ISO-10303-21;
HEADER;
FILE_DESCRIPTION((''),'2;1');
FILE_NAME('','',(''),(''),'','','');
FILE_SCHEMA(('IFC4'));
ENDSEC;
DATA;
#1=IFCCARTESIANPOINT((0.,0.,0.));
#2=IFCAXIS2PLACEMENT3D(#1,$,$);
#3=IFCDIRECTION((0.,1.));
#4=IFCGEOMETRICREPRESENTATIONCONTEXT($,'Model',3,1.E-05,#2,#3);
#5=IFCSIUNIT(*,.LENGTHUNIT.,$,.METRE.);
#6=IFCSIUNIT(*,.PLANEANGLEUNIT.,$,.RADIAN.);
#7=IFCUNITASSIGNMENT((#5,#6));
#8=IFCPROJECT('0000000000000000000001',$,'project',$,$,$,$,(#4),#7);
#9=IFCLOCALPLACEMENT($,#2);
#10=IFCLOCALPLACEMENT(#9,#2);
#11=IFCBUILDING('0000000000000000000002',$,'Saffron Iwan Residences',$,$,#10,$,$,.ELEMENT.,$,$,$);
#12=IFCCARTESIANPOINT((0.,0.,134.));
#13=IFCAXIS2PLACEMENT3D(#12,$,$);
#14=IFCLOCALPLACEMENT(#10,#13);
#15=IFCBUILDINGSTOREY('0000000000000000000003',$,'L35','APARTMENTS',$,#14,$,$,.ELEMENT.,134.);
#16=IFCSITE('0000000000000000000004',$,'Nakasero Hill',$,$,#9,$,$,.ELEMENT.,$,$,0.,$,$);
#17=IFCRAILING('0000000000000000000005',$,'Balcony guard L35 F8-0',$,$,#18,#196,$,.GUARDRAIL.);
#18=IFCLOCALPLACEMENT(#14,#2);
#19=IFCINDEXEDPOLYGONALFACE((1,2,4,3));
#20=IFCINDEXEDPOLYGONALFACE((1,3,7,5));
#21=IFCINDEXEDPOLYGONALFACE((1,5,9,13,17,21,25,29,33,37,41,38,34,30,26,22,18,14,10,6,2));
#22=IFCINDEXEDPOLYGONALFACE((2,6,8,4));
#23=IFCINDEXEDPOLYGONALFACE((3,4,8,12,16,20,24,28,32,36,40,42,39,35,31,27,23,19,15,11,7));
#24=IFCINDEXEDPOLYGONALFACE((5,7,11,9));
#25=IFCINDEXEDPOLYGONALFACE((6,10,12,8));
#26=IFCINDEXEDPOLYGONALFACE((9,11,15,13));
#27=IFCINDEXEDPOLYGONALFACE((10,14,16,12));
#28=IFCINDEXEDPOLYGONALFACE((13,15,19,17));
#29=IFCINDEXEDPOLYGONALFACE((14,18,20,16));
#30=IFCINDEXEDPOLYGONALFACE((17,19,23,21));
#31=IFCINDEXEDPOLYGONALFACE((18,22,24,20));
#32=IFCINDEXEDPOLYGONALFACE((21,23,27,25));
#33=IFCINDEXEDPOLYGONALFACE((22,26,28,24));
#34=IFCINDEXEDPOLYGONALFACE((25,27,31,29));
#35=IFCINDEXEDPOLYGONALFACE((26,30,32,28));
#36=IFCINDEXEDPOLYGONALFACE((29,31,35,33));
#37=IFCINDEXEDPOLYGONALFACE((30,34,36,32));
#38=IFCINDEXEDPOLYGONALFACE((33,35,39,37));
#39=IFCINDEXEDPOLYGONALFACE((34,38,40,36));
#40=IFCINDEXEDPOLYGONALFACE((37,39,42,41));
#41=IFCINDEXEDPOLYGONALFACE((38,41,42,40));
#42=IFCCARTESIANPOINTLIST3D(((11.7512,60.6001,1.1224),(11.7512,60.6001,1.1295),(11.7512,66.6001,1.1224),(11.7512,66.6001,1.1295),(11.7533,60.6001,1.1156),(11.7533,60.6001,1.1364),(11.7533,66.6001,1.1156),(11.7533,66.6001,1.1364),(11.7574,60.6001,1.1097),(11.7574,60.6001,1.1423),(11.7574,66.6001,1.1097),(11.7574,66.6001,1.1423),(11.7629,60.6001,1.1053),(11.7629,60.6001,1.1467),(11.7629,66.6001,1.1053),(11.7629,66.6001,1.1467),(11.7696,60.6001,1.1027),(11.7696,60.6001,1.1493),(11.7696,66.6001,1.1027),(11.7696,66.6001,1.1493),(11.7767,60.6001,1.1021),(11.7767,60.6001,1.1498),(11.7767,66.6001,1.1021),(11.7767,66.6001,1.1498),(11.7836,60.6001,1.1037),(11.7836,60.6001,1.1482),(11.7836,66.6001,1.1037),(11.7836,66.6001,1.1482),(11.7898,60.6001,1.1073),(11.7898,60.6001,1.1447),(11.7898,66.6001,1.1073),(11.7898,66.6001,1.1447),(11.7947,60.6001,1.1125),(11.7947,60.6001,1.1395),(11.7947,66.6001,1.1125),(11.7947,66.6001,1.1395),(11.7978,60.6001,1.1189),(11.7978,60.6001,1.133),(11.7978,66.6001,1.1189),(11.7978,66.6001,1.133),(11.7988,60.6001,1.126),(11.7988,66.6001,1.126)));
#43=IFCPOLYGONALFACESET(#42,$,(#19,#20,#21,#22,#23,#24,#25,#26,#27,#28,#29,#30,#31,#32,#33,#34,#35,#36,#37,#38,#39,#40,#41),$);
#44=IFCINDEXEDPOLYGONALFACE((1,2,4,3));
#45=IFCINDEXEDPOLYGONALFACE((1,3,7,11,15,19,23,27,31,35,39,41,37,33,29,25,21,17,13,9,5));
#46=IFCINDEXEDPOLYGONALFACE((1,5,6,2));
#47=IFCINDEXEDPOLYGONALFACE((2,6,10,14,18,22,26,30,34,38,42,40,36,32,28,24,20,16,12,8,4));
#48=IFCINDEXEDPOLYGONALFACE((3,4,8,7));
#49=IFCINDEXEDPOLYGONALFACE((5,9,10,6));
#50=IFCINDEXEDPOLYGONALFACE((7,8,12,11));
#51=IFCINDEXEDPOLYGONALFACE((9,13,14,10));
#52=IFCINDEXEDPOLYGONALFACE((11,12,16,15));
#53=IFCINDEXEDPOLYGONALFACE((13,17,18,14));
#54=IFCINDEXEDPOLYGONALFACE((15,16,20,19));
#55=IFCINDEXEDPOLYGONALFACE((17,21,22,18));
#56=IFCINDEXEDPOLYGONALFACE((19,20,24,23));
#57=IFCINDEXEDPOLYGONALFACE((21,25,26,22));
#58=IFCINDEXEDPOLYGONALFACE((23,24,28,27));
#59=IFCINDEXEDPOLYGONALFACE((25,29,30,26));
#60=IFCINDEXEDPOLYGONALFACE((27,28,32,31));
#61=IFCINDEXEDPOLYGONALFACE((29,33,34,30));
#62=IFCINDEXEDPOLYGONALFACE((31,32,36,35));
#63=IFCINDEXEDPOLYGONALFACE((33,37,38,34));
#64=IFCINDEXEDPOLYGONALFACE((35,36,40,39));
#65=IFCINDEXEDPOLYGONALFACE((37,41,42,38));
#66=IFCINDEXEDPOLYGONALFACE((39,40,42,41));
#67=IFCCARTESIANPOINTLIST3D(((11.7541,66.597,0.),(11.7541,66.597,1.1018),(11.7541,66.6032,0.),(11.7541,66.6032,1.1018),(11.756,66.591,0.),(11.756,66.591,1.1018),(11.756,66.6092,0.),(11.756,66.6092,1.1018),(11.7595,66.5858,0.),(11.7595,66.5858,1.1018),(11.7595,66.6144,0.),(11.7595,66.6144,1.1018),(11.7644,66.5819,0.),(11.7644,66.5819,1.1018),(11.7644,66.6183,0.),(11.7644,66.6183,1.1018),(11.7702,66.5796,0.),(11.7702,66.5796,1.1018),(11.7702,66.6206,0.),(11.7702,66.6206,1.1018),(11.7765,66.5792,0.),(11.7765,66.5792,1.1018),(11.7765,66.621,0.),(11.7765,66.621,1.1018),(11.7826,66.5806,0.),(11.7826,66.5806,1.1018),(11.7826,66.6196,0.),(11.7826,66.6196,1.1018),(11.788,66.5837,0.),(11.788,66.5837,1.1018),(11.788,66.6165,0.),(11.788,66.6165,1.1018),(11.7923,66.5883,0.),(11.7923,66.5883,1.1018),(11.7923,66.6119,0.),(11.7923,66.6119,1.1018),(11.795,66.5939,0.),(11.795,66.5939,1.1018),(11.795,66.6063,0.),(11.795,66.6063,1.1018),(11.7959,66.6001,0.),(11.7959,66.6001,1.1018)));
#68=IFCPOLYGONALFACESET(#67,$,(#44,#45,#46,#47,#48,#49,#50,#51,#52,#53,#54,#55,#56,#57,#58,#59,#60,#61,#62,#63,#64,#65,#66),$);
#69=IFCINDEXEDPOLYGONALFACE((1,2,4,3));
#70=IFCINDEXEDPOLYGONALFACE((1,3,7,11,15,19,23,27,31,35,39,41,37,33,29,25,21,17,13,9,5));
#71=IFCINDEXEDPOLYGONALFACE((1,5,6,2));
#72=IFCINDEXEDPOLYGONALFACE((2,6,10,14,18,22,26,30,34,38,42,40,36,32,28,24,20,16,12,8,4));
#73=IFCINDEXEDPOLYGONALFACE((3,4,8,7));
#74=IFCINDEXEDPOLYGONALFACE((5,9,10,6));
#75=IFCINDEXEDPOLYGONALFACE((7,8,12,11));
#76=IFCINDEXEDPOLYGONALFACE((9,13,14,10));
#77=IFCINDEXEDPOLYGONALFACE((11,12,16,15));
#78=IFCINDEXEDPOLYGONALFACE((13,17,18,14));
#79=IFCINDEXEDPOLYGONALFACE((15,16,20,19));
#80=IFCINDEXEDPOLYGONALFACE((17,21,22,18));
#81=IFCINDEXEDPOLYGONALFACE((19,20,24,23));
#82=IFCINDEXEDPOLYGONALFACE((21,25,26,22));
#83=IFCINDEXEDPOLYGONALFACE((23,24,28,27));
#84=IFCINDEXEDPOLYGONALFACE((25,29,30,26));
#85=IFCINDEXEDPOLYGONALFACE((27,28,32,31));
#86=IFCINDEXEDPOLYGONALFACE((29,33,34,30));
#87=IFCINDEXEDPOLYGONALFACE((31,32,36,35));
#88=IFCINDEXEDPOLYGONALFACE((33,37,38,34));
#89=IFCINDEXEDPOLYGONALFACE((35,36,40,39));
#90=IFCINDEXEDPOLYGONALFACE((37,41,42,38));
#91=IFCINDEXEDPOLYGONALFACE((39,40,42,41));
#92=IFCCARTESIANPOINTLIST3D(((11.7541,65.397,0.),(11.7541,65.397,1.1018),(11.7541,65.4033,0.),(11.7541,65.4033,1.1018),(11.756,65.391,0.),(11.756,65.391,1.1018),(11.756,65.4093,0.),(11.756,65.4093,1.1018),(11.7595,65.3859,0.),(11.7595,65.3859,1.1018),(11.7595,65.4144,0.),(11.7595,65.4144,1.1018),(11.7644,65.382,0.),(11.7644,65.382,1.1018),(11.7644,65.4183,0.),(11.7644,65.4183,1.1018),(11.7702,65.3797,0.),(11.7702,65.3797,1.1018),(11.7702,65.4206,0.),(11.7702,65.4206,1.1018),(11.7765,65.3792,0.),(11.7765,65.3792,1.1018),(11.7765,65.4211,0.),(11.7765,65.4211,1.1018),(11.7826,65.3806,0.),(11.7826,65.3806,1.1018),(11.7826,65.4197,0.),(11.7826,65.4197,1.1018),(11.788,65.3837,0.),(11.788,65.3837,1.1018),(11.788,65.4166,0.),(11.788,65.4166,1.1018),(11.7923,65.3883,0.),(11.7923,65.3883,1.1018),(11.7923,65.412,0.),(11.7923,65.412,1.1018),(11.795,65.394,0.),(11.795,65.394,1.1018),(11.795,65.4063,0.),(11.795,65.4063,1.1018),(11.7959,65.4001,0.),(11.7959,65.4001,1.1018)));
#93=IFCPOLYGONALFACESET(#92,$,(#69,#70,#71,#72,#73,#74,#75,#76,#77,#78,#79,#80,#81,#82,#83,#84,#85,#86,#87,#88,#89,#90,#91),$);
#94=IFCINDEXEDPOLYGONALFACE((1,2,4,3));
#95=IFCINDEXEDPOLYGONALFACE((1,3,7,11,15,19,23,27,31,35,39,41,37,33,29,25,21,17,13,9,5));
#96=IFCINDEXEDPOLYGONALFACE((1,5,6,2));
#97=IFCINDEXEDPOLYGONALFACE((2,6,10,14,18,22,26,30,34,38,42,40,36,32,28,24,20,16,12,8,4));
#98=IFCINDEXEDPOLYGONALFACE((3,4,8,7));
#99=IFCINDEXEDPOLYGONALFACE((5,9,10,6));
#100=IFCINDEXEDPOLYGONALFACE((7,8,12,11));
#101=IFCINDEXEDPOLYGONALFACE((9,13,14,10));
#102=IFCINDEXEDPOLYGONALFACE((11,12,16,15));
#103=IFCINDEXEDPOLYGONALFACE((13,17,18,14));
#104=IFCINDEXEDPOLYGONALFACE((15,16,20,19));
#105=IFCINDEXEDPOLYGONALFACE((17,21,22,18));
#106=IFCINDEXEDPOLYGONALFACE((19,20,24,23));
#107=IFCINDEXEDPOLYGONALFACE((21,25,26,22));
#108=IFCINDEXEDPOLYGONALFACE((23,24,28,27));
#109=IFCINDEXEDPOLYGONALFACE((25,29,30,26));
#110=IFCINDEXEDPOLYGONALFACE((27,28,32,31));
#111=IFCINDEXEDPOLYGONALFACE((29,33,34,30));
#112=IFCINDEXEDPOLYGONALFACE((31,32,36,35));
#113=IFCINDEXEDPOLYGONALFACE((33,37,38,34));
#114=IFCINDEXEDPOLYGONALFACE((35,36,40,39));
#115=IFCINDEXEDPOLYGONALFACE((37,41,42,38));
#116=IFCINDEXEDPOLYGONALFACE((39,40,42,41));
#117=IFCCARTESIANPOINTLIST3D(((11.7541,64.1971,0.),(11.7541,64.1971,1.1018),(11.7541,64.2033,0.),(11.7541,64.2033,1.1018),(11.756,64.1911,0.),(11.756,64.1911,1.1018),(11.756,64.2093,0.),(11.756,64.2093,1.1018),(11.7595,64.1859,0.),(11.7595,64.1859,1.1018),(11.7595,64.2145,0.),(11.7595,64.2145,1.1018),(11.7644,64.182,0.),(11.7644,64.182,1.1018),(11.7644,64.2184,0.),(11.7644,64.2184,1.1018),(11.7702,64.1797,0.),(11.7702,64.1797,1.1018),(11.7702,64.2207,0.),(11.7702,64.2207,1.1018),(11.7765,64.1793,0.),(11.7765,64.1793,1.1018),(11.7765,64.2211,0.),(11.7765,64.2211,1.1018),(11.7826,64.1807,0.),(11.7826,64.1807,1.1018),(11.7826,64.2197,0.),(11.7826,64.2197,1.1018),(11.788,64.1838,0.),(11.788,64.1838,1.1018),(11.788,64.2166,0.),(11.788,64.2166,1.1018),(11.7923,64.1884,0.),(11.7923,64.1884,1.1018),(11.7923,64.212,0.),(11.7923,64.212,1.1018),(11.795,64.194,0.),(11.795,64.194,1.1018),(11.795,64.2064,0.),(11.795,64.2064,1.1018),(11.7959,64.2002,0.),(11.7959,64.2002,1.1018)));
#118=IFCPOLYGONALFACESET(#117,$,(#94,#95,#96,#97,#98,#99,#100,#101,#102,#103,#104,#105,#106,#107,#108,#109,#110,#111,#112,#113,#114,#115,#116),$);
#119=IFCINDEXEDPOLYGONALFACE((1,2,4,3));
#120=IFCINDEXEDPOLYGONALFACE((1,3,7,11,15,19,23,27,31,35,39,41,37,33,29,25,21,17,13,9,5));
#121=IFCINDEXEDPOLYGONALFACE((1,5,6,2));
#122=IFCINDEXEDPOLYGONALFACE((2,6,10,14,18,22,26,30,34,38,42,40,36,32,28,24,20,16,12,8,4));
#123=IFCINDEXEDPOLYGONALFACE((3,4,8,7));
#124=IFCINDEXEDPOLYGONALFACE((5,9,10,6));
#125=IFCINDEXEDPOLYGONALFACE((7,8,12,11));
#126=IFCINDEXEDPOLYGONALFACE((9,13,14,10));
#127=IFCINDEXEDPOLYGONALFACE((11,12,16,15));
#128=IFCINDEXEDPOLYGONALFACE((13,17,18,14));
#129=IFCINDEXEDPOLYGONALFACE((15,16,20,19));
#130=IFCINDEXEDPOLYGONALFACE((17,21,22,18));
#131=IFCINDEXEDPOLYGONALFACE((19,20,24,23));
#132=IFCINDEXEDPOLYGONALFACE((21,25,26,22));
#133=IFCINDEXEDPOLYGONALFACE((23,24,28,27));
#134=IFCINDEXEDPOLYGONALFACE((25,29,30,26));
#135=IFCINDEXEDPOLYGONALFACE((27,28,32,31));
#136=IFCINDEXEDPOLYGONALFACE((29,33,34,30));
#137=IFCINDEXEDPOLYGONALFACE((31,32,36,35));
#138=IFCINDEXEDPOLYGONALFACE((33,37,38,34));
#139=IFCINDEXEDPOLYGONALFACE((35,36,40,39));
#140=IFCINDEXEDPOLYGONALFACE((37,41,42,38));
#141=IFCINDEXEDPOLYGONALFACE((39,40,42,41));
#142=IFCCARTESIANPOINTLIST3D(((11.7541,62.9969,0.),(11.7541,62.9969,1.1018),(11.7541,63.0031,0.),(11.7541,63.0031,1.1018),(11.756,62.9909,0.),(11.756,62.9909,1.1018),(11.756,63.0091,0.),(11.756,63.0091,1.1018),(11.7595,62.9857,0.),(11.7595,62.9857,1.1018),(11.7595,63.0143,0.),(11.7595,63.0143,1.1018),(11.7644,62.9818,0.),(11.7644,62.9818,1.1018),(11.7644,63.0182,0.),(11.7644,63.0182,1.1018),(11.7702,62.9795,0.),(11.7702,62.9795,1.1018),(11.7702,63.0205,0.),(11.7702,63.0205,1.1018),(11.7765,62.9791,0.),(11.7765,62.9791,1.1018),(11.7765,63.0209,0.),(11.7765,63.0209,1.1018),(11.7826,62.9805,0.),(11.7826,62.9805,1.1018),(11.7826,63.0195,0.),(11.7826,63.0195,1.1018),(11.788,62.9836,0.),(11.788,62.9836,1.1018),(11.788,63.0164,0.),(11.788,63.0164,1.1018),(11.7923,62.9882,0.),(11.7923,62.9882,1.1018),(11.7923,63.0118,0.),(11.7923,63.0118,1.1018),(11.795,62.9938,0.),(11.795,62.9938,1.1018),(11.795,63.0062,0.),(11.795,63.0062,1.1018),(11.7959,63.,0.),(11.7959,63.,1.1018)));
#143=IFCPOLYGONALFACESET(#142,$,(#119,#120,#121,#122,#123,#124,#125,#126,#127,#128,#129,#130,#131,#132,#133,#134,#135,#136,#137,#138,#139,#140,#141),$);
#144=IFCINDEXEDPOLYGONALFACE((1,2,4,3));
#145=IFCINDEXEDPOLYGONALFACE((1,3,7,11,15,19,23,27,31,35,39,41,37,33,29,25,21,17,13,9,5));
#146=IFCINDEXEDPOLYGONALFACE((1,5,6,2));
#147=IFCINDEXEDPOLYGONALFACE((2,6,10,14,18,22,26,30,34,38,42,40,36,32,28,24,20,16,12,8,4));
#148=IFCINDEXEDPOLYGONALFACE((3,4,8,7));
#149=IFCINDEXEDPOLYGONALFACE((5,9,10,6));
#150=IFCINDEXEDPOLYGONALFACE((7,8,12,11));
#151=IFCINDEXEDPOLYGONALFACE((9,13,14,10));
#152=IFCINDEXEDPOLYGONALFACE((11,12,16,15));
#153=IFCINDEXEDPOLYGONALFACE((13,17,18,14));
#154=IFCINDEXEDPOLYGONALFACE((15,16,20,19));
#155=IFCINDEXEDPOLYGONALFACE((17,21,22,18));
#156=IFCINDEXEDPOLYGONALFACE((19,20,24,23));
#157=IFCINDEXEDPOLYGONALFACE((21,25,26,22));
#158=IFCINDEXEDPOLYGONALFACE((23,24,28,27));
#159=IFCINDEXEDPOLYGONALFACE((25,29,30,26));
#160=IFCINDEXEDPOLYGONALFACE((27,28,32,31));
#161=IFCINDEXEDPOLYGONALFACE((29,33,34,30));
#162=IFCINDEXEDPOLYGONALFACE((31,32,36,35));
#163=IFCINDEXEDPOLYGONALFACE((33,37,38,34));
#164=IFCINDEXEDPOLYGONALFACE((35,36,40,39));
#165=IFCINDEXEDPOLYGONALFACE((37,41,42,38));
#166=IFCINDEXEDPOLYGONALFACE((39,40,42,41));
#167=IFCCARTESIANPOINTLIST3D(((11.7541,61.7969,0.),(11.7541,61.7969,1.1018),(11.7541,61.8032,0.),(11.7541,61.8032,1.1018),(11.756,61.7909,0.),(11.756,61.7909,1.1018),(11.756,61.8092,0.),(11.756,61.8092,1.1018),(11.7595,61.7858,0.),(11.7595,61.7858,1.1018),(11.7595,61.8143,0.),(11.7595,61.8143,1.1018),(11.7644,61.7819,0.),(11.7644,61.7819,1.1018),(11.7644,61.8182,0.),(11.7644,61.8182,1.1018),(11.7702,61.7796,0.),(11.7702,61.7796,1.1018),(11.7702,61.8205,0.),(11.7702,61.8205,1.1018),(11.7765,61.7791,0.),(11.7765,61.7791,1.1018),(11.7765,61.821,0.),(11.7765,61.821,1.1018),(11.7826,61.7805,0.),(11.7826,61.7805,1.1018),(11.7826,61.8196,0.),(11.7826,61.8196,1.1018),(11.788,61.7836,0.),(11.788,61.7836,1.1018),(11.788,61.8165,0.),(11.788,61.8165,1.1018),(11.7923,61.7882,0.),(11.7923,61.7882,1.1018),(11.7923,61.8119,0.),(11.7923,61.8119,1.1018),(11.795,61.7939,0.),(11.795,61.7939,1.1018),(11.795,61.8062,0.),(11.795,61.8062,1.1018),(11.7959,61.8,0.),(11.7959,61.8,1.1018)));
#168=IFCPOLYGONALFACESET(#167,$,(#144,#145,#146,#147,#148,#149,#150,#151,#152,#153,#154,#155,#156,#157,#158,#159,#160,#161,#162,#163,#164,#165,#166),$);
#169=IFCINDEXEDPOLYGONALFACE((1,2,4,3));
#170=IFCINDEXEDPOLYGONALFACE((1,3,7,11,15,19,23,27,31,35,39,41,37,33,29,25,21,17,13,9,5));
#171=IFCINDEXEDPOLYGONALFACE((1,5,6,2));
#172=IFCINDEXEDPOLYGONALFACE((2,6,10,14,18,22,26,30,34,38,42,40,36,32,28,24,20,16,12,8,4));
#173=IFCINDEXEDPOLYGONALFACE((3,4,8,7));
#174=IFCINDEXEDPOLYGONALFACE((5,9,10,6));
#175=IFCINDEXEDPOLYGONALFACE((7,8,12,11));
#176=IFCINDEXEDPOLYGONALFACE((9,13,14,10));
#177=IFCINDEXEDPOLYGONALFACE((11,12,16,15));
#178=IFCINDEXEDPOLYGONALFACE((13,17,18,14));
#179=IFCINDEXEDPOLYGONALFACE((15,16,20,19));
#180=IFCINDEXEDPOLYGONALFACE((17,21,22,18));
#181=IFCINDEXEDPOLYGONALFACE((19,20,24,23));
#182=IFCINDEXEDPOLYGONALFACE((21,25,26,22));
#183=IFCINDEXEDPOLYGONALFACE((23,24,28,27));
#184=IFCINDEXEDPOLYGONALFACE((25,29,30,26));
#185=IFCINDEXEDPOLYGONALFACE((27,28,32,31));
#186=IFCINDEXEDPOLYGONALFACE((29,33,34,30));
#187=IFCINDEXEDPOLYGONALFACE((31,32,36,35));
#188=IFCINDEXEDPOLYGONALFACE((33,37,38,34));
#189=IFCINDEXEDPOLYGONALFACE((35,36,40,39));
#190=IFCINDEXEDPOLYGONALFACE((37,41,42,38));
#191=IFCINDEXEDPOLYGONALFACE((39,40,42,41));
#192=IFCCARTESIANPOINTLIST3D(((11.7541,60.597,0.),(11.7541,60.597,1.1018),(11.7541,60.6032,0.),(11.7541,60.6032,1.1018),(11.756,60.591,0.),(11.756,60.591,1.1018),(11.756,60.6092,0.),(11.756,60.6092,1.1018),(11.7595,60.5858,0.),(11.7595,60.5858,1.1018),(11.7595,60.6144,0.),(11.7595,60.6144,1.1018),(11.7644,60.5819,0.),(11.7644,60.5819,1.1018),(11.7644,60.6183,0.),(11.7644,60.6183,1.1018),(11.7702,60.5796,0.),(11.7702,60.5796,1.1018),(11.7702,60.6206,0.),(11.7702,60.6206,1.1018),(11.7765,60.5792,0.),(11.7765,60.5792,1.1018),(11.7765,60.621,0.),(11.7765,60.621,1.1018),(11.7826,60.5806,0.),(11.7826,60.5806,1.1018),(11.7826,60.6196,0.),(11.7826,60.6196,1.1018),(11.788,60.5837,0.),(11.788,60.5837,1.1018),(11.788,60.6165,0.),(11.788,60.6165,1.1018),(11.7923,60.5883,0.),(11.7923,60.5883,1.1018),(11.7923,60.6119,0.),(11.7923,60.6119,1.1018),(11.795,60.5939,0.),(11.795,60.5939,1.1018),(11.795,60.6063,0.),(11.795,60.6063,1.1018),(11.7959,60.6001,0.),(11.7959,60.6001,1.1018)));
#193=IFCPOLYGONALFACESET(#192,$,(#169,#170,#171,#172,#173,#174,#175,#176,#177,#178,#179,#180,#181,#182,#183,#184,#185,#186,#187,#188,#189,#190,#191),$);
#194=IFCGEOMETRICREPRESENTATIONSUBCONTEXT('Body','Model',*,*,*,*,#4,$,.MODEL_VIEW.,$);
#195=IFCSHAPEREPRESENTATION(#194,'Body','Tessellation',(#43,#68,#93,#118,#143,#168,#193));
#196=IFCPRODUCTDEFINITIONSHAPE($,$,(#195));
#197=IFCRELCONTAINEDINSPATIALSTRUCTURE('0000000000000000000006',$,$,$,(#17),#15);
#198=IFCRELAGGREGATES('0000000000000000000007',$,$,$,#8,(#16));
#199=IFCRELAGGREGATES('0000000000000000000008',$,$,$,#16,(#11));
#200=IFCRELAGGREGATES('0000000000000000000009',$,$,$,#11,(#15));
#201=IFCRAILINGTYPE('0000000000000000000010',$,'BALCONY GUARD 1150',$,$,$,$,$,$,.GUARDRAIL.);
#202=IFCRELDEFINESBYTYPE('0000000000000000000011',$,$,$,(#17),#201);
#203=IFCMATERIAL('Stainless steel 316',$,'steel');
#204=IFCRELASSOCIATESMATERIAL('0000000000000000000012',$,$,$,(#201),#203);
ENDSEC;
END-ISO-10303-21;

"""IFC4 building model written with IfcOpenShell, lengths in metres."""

from ifc_helpers import new_model, si_unit, direction, frame, origin, origin_2d, place, context, subcontext, project, spatial, circle, extrude, material, type_object, element, save


model = new_model("IFC4")

# Units and contexts
model_context = context("Model", 3, precision=1e-05, world=origin(), true_north=direction((0.0, 1.0)))
body_context = subcontext(model_context, "Body", "Model", "MODEL_VIEW")
ifc_project = project(units=[si_unit("LENGTHUNIT", "METRE"), si_unit("PLANEANGLEUNIT", "RADIAN")], contexts=[model_context])

# Site, building, storey
site_placement = place(None, origin())
site = spatial("IfcSite", under=ifc_project, at=site_placement, Name="Nakasero Hill", CompositionType="ELEMENT", RefElevation=0.0)
building_placement = place(site_placement, origin())
building = spatial("IfcBuilding", under=site, at=building_placement, Name="Saffron Iwan Residences", CompositionType="ELEMENT")
storey_placement = place(building_placement, frame((0.0, 0.0, 134.0)))
storey = spatial("IfcBuildingStorey", under=building, at=storey_placement, Name="L35", Description="APARTMENTS", CompositionType="ELEMENT", Elevation=134.0)

# Railing
ifc_material_1 = material(Name="Stainless steel 316", Category="steel")
railing_type = type_object("IfcRailingType", Name="BALCONY GUARD 1150", PredefinedType="GUARDRAIL", material=ifc_material_1)
for number, where, name in (
    (1, (11.7749, 66.6001, 0.0), "Balcony guard L35 F8-0"),
):
    element("IfcRailing", number, at=place(storey_placement, frame(where)), inside=storey, type_object=railing_type, Name=name, PredefinedType="GUARDRAIL", context=body_context, shape_type="SweptSolid", body=[
        extrude(circle(Radius=0.0239, at=origin_2d()), frame((0.0, 0.0, 1.126), z_axis=(0.0, -1.0, 0.0), x_axis=(1.0, 0.0, 0.0)), (0.0, 0.0, 1.0), 6.0),
        extrude(circle(Radius=0.021, at=origin_2d()), origin(), (0.0, 0.0, 1.0), 1.1018),
        extrude(circle(Radius=0.021, at=origin_2d()), frame((0.0, -1.2, 0.0)), (0.0, 0.0, 1.0), 1.1018),
        extrude(circle(Radius=0.021, at=origin_2d()), frame((0.0, -2.3999, 0.0)), (0.0, 0.0, 1.0), 1.1018),
        extrude(circle(Radius=0.021, at=origin_2d()), frame((0.0, -3.6001, 0.0)), (0.0, 0.0, 1.0), 1.1018),
        extrude(circle(Radius=0.021, at=origin_2d()), frame((0.0, -4.8, 0.0)), (0.0, 0.0, 1.0), 1.1018),
        extrude(circle(Radius=0.021, at=origin_2d()), frame((0.0, -6.0, 0.0)), (0.0, 0.0, 1.0), 1.1018),
    ])

save(model, "model.ifc")
